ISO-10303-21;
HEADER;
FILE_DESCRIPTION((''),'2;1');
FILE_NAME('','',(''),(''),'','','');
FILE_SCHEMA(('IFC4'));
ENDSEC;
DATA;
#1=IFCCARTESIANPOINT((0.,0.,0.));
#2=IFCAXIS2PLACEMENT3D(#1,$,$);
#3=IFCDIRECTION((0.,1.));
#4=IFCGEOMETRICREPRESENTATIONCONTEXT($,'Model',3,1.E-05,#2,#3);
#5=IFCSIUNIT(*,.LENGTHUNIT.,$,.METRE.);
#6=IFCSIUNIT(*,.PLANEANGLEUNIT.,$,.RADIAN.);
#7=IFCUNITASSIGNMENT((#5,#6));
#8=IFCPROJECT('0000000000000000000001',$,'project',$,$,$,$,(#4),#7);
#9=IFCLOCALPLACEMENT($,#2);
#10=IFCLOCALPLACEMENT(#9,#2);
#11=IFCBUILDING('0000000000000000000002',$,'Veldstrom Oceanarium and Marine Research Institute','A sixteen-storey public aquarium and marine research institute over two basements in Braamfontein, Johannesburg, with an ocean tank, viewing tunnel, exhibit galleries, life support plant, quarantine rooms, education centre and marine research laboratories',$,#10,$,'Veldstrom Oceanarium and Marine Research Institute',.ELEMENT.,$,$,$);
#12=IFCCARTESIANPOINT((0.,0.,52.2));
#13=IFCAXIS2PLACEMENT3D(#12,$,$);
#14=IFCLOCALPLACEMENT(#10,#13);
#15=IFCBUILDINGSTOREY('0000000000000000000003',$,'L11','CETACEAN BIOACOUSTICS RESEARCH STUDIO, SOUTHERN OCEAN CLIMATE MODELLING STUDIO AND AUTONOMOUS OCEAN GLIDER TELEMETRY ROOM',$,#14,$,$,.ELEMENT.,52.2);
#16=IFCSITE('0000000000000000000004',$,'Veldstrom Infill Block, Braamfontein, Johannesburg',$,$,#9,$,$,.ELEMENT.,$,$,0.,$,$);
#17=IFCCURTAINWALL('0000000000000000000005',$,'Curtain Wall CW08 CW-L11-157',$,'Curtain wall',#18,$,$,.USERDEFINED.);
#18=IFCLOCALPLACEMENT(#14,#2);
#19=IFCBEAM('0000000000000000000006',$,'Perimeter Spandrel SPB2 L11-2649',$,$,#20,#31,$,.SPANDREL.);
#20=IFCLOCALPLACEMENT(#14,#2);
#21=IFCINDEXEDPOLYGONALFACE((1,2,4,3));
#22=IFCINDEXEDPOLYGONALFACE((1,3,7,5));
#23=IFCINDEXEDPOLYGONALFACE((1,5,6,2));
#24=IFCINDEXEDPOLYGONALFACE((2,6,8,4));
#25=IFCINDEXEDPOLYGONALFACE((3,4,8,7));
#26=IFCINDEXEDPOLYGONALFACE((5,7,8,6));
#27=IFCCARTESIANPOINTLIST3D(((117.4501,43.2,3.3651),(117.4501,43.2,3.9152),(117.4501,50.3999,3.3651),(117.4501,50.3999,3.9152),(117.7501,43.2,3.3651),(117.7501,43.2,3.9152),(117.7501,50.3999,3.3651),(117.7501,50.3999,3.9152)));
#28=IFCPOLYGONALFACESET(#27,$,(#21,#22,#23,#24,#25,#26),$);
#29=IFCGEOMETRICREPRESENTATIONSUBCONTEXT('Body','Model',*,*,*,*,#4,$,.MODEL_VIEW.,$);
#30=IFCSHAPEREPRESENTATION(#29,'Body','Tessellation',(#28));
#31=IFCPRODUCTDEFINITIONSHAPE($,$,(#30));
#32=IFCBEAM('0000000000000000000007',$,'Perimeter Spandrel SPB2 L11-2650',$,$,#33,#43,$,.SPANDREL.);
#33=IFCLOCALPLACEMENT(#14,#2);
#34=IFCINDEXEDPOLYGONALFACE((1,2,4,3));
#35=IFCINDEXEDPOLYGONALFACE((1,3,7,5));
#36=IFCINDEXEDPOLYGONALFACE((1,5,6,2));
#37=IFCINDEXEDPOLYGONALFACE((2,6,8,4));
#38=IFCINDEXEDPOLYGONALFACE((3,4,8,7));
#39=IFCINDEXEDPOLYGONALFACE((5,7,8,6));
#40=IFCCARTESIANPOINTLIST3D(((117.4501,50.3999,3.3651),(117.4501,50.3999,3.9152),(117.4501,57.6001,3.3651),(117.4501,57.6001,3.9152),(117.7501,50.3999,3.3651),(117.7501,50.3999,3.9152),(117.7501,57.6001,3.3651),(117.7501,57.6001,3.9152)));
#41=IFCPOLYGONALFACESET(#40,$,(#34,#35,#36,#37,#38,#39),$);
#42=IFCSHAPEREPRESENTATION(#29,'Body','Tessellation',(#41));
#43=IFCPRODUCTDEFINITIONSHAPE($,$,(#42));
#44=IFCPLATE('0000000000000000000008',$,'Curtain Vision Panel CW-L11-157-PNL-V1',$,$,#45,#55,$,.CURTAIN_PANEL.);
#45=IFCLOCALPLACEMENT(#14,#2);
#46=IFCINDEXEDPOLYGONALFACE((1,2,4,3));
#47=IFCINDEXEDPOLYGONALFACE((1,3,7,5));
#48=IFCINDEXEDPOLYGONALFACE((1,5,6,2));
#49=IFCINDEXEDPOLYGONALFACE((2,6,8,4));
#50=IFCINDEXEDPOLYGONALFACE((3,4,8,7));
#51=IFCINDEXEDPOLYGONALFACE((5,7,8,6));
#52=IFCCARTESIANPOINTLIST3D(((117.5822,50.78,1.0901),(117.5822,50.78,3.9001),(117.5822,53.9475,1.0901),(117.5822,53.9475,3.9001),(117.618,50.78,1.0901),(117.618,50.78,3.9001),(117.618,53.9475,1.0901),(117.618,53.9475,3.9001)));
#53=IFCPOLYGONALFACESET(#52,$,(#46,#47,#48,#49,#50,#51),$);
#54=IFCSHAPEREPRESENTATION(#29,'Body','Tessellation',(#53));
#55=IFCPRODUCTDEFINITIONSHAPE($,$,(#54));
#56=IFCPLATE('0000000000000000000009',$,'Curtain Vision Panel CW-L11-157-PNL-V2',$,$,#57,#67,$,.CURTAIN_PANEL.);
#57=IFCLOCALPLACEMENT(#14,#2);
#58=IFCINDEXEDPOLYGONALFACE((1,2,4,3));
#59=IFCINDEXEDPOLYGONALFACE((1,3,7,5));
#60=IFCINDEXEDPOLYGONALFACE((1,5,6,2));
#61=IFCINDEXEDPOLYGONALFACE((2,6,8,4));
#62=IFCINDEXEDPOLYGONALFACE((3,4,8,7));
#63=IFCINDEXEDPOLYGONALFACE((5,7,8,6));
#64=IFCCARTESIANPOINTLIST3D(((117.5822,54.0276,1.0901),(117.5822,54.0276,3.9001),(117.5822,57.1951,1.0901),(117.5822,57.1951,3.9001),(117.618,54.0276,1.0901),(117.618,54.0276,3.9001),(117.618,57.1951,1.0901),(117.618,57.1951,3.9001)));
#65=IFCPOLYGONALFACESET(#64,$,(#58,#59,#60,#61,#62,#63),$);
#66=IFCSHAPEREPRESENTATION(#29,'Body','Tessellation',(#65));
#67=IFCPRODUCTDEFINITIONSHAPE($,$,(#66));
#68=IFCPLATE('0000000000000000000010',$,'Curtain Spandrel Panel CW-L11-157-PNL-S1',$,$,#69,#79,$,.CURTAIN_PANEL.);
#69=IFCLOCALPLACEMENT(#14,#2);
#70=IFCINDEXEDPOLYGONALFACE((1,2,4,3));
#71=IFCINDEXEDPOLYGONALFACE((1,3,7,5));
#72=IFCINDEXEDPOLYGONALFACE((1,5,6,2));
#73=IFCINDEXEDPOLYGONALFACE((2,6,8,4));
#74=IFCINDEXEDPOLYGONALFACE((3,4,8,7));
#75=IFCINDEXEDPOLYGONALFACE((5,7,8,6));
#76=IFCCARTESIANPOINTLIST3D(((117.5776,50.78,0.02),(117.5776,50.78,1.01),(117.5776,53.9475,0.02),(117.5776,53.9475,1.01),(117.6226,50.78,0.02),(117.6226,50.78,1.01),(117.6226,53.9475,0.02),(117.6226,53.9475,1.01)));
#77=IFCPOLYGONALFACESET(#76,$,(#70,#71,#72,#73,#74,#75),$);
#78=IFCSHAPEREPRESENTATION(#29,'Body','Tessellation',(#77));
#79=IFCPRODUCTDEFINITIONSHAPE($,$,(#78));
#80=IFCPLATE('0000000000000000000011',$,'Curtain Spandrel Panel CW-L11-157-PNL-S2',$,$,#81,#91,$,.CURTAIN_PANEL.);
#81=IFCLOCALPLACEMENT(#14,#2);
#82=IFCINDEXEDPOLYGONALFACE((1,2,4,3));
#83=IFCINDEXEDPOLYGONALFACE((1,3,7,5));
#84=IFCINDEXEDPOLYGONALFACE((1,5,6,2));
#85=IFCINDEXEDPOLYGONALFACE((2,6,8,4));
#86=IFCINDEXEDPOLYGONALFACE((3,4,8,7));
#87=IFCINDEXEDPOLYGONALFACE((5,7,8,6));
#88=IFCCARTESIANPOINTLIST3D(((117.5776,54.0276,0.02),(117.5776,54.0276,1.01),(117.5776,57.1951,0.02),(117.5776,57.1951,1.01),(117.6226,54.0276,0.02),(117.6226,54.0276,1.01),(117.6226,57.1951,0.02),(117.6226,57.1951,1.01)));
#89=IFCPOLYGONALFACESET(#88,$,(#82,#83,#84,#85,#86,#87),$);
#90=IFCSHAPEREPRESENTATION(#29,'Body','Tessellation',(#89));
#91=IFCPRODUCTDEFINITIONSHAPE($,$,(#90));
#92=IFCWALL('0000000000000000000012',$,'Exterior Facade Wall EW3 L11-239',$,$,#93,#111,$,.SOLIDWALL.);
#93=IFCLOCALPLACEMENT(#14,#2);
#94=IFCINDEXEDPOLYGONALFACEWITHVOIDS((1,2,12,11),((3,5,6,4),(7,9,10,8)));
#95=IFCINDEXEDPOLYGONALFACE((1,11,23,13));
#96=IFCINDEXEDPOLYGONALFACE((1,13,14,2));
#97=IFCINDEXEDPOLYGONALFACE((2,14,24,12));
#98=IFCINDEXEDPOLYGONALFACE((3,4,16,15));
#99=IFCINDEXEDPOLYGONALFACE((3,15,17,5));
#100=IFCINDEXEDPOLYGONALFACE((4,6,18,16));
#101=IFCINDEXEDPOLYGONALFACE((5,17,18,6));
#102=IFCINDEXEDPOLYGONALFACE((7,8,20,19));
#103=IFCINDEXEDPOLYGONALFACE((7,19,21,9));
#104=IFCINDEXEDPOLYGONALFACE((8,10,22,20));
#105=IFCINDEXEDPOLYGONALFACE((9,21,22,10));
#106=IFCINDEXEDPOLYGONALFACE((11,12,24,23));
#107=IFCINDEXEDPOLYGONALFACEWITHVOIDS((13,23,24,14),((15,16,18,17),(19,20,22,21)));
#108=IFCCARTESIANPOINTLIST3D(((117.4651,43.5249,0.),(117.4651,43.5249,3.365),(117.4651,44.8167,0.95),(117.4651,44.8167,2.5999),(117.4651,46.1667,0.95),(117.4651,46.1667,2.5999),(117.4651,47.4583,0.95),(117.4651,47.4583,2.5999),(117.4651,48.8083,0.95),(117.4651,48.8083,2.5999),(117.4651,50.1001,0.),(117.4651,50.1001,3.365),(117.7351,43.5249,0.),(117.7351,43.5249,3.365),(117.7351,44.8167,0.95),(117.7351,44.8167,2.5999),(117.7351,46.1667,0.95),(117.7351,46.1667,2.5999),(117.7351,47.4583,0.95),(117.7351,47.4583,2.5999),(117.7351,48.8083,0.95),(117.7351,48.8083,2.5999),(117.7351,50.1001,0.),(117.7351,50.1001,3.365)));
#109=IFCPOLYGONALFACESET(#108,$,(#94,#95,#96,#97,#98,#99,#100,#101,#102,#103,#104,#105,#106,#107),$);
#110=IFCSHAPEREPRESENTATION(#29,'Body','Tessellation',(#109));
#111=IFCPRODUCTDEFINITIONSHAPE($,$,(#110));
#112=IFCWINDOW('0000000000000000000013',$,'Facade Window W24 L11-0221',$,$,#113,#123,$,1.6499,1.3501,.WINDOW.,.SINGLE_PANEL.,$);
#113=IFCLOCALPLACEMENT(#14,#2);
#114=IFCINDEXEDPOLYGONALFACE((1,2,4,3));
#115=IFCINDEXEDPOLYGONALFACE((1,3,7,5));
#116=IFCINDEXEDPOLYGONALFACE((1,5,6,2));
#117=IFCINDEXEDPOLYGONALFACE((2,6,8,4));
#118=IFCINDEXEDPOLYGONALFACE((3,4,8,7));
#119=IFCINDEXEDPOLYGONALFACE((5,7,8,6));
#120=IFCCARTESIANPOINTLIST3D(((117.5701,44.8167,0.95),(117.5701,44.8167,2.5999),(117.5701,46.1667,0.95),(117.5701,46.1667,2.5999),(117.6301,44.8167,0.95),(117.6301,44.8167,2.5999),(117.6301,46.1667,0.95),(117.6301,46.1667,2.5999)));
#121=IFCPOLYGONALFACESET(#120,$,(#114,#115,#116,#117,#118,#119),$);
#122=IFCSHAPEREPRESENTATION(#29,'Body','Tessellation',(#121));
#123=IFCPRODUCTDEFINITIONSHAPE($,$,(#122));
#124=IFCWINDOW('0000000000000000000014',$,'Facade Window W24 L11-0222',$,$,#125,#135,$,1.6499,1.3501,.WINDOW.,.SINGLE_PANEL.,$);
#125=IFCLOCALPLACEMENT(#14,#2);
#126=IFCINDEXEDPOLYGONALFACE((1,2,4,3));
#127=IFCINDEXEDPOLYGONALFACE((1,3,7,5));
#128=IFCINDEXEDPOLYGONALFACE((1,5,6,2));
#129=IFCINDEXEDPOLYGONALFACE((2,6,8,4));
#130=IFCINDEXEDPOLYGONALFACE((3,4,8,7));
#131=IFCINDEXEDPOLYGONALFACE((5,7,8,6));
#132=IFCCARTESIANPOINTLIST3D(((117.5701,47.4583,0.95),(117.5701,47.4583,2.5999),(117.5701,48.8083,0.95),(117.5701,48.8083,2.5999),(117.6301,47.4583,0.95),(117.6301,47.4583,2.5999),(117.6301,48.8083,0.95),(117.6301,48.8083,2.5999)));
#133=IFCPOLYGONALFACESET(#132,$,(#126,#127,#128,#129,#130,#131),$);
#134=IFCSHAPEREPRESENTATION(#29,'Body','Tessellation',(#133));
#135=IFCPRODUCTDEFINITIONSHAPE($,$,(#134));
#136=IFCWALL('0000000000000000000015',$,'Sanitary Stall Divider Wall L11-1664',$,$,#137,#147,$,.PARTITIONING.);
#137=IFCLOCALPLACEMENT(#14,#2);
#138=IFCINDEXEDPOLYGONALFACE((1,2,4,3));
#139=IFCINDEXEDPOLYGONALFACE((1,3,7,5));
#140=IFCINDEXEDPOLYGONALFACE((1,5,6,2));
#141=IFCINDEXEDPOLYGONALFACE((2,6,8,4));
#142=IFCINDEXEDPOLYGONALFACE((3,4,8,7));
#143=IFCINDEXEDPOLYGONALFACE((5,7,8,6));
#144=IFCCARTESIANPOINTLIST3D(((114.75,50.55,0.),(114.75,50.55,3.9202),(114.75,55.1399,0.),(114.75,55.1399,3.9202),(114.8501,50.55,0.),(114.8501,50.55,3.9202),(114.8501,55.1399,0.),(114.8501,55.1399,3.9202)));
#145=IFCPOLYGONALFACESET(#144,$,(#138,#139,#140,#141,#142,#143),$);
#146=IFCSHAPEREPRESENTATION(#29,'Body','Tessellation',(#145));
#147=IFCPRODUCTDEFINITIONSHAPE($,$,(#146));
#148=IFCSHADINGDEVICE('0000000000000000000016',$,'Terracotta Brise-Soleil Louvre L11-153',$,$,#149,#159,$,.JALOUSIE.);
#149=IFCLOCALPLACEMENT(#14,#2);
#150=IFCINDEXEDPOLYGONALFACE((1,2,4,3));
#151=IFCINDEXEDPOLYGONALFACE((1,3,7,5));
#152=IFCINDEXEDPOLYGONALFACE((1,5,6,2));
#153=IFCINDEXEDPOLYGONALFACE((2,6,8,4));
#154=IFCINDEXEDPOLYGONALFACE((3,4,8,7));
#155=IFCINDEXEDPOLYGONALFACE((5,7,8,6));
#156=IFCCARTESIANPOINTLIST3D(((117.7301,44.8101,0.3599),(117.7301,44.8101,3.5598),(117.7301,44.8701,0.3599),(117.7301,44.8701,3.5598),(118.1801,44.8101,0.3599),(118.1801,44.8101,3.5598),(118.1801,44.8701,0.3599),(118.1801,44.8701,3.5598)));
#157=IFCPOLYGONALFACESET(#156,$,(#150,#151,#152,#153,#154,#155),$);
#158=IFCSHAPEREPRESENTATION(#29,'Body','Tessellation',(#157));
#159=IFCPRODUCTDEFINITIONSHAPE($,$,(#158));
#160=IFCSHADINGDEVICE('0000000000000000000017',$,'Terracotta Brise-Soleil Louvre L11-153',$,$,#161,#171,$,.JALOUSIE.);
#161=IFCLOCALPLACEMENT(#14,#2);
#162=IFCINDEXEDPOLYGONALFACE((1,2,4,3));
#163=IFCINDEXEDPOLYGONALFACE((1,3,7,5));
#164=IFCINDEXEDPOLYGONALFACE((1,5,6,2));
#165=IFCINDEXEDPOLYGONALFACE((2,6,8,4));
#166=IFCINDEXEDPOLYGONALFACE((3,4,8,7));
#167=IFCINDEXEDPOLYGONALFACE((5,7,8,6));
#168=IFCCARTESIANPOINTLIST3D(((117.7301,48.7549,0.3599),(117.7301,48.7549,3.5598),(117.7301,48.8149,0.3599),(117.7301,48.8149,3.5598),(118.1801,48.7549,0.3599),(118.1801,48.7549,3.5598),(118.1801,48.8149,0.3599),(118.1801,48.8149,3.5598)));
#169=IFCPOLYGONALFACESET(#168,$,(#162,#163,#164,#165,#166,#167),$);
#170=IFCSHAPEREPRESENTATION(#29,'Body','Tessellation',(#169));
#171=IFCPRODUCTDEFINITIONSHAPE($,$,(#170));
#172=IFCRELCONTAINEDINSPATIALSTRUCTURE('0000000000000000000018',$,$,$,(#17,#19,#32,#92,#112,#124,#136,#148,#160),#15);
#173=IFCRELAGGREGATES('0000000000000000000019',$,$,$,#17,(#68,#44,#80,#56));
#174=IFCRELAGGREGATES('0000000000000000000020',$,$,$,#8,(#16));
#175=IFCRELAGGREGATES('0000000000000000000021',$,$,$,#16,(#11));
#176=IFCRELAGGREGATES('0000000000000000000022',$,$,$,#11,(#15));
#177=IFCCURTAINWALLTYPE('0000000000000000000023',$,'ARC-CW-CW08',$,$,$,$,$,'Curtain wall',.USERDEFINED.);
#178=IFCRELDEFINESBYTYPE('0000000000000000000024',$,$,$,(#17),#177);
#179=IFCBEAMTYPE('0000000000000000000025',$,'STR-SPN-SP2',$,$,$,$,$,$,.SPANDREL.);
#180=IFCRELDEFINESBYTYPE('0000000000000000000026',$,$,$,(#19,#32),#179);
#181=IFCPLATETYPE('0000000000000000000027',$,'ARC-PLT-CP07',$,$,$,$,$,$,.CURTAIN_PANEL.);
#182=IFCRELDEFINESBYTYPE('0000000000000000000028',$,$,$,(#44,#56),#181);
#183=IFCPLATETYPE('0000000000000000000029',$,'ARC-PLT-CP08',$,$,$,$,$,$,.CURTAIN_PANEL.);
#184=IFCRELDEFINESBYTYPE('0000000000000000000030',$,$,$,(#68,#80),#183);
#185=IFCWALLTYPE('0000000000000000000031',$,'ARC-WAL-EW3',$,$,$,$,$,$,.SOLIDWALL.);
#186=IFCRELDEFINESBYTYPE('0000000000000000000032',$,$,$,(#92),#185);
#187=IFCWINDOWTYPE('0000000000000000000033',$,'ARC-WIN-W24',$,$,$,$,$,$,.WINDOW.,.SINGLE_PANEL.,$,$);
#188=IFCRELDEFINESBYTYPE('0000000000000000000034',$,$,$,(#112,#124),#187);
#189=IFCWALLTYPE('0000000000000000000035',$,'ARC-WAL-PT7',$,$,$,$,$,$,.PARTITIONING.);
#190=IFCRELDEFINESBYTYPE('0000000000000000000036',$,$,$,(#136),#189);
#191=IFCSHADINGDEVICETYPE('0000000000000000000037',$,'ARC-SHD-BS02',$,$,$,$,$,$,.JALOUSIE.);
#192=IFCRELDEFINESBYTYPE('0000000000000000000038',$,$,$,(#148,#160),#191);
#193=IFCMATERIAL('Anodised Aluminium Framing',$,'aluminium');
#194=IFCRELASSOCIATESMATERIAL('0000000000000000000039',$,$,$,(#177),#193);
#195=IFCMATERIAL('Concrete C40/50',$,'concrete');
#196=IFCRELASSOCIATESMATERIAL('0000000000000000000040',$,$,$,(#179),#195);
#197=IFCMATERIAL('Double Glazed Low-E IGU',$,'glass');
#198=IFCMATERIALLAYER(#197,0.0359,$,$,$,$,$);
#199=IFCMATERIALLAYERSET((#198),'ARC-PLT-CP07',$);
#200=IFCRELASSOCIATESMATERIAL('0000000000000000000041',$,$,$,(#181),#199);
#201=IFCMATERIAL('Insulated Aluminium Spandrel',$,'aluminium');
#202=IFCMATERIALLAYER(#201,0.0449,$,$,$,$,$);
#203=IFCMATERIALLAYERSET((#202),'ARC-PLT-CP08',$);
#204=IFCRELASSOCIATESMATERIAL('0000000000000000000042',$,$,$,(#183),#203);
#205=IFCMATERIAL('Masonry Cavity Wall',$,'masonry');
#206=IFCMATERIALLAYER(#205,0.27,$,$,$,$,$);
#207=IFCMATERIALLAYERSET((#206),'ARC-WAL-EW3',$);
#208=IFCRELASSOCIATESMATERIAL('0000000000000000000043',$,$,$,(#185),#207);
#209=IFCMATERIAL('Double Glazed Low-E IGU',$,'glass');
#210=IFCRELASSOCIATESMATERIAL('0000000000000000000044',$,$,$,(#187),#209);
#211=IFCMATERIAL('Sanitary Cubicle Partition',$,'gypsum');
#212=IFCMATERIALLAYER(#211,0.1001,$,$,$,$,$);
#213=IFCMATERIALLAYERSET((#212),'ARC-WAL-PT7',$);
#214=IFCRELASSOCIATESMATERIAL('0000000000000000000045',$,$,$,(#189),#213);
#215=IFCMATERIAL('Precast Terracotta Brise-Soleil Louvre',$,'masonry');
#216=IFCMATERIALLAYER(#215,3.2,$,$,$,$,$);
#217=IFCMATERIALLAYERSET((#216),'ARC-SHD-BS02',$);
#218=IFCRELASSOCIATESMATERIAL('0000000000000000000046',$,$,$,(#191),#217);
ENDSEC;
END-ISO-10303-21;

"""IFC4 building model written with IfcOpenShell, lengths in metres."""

from ifc_helpers import new_model, si_unit, direction, frame, frame_2d, origin, origin_2d, place, context, subcontext, project, spatial, rectangle, extrude, material, layer, layer_set, material_profile, profile_set, type_object, element, fill, aggregate, save


model = new_model("IFC4")

# Units and contexts
model_context = context("Model", 3, precision=1e-05, world=origin(), true_north=direction((0.0, 1.0)))
body_context = subcontext(model_context, "Body", "Model", "MODEL_VIEW")
ifc_project = project(units=[si_unit("LENGTHUNIT", "METRE"), si_unit("PLANEANGLEUNIT", "RADIAN")], contexts=[model_context])

# Site, building, storey
site_placement = place(None, origin())
site = spatial("IfcSite", under=ifc_project, at=site_placement, Name="Veldstrom Infill Block, Braamfontein, Johannesburg", CompositionType="ELEMENT", RefElevation=0.0)
building_placement = place(site_placement, origin())
building = spatial("IfcBuilding", under=site, at=building_placement, Name="Veldstrom Oceanarium and Marine Research Institute", Description="A sixteen-storey public aquarium and marine research institute over two basements in Braamfontein, Johannesburg, with an ocean tank, viewing tunnel, exhibit galleries, life support plant, quarantine rooms, education centre and marine research laboratories", LongName="Veldstrom Oceanarium and Marine Research Institute", CompositionType="ELEMENT")
storey_placement = place(building_placement, frame((0.0, 0.0, 52.2)))
storey = spatial("IfcBuildingStorey", under=building, at=storey_placement, Name="L11", Description="CETACEAN BIOACOUSTICS RESEARCH STUDIO, SOUTHERN OCEAN CLIMATE MODELLING STUDIO AND AUTONOMOUS OCEAN GLIDER TELEMETRY ROOM", CompositionType="ELEMENT", Elevation=52.2)

# Curtain wall
ifc_material_1 = material(Name="Anodised Aluminium Framing", Category="aluminium")
curtain_wall_type = type_object("IfcCurtainWallType", Name="ARC-CW-CW08", ElementType="Curtain wall", PredefinedType="USERDEFINED", material=ifc_material_1)
curtain_wall_placement = place(storey_placement, origin())
curtain_wall = element("IfcCurtainWall", 1, at=curtain_wall_placement, inside=storey, type_object=curtain_wall_type, Name="Curtain Wall CW08 CW-L11-157", ObjectType="Curtain wall", PredefinedType="USERDEFINED")

# Beams
ifc_material_2 = material(Name="Concrete C40/50", Category="concrete")
ifc_material_profile_1 = material_profile(ifc_material_2, rectangle(XDim=0.3, YDim=0.55, at=origin_2d()), Name="RC-SPN-300x550")
ifc_profile_set_1 = profile_set([ifc_material_profile_1], Name="Concrete C40/50")
beam_type_1 = type_object("IfcBeamType", Name="STR-SPN-SP2", PredefinedType="SPANDREL", material=ifc_profile_set_1)
beam_1_placement = place(storey_placement, frame((117.6001, 43.2, 3.6401), z_axis=(0.0, 1.0, 0.0), x_axis=(-1.0, 0.0, 0.0)))
element("IfcBeam", 2, at=beam_1_placement, inside=storey, type_object=beam_type_1, Name="Perimeter Spandrel SPB2 L11-2649", PredefinedType="SPANDREL", context=body_context, shape_type="SweptSolid", body=[
    extrude(rectangle(XDim=0.3, YDim=0.55, at=origin_2d()), origin(), (0.0, 0.0, 1.0), 7.2),
])
beam_2_placement = place(storey_placement, frame((117.6001, 50.3999, 3.6401), z_axis=(0.0, 1.0, 0.0), x_axis=(-1.0, 0.0, 0.0)))
element("IfcBeam", 3, at=beam_2_placement, inside=storey, type_object=beam_type_1, Name="Perimeter Spandrel SPB2 L11-2650", PredefinedType="SPANDREL", context=body_context, shape_type="SweptSolid", body=[
    extrude(rectangle(XDim=0.3, YDim=0.55, at=origin_2d()), origin(), (0.0, 0.0, 1.0), 7.2002),
])

# Plates
ifc_material_3 = material(Name="Double Glazed Low-E IGU", Category="glass")
ifc_layer_1 = layer(ifc_material_3, 0.0359)
ifc_layer_set_1 = layer_set([ifc_layer_1], Name="ARC-PLT-CP07")
plate_type_1 = type_object("IfcPlateType", Name="ARC-PLT-CP07", PredefinedType="CURTAIN_PANEL", material=ifc_layer_set_1)
plate_1_placement = place(storey_placement, frame((117.6001, 52.3638, 1.0901), z_axis=(0.0, 0.0, 1.0), x_axis=(0.0, 1.0, 0.0)))
plate_1 = element("IfcPlate", 4, at=plate_1_placement, type_object=plate_type_1, Name="Curtain Vision Panel CW-L11-157-PNL-V1", PredefinedType="CURTAIN_PANEL", context=body_context, shape_type="SweptSolid", body=[
    extrude(rectangle(XDim=3.1675, YDim=0.0359, at=origin_2d()), origin(), (0.0, 0.0, 1.0), 2.8101),
])
plate_2_placement = place(storey_placement, frame((117.6001, 55.6113, 1.0901), z_axis=(0.0, 0.0, 1.0), x_axis=(0.0, 1.0, 0.0)))
plate_2 = element("IfcPlate", 5, at=plate_2_placement, type_object=plate_type_1, Name="Curtain Vision Panel CW-L11-157-PNL-V2", PredefinedType="CURTAIN_PANEL", context=body_context, shape_type="SweptSolid", body=[
    extrude(rectangle(XDim=3.1675, YDim=0.0359, at=origin_2d()), origin(), (0.0, 0.0, 1.0), 2.8101),
])
ifc_material_4 = material(Name="Insulated Aluminium Spandrel", Category="aluminium")
ifc_layer_2 = layer(ifc_material_4, 0.0449)
ifc_layer_set_2 = layer_set([ifc_layer_2], Name="ARC-PLT-CP08")
plate_type_2 = type_object("IfcPlateType", Name="ARC-PLT-CP08", PredefinedType="CURTAIN_PANEL", material=ifc_layer_set_2)
plate_3_placement = place(storey_placement, frame((117.6001, 52.3638, 0.02), z_axis=(0.0, 0.0, 1.0), x_axis=(0.0, 1.0, 0.0)))
plate_3 = element("IfcPlate", 6, at=plate_3_placement, type_object=plate_type_2, Name="Curtain Spandrel Panel CW-L11-157-PNL-S1", PredefinedType="CURTAIN_PANEL", context=body_context, shape_type="SweptSolid", body=[
    extrude(rectangle(XDim=3.1675, YDim=0.0449, at=origin_2d()), origin(), (0.0, 0.0, 1.0), 0.99),
])
plate_4_placement = place(storey_placement, frame((117.6001, 55.6113, 0.02), z_axis=(0.0, 0.0, 1.0), x_axis=(0.0, 1.0, 0.0)))
plate_4 = element("IfcPlate", 7, at=plate_4_placement, type_object=plate_type_2, Name="Curtain Spandrel Panel CW-L11-157-PNL-S2", PredefinedType="CURTAIN_PANEL", context=body_context, shape_type="SweptSolid", body=[
    extrude(rectangle(XDim=3.1675, YDim=0.0449, at=origin_2d()), origin(), (0.0, 0.0, 1.0), 0.99),
])
aggregate(curtain_wall, [plate_3, plate_1, plate_4, plate_2])

# Wall, openings, windows
ifc_material_5 = material(Name="Masonry Cavity Wall", Category="masonry")
ifc_layer_3 = layer(ifc_material_5, 0.27)
ifc_layer_set_3 = layer_set([ifc_layer_3], Name="ARC-WAL-EW3")
wall_type_1 = type_object("IfcWallType", Name="ARC-WAL-EW3", PredefinedType="SOLIDWALL", material=ifc_layer_set_3)
wall_1_placement = place(storey_placement, frame((117.6001, 43.5249, 0.0), z_axis=(0.0, 0.0, 1.0), x_axis=(0.0, 1.0, 0.0)))
wall_1 = element("IfcWall", 8, at=wall_1_placement, inside=storey, type_object=wall_type_1, Name="Exterior Facade Wall EW3 L11-239", PredefinedType="SOLIDWALL", context=body_context, shape_type="SweptSolid", body=[
    extrude(rectangle(XDim=6.5752, YDim=0.27, at=frame_2d((3.2876, 0.0))), origin(), (0.0, 0.0, 1.0), 3.365),
])
opening_1_placement = place(wall_1_placement, frame((1.2917, 0.0, 0.95)))
opening_1 = element("IfcOpeningElement", 9, at=opening_1_placement, cuts=wall_1, PredefinedType="OPENING", context=body_context, shape_type="SweptSolid", body=[
    extrude(rectangle(XDim=1.3501, YDim=1.6499, at=frame_2d((0.675, 0.825))), frame((0.0, 0.145, 0.0), z_axis=(0.0, -1.0, 0.0), x_axis=(1.0, 0.0, 0.0)), (0.0, 0.0, 1.0), 0.29),
])
opening_2_placement = place(wall_1_placement, frame((3.9333, 0.0, 0.95)))
opening_2 = element("IfcOpeningElement", 10, at=opening_2_placement, cuts=wall_1, PredefinedType="OPENING", context=body_context, shape_type="SweptSolid", body=[
    extrude(rectangle(XDim=1.3501, YDim=1.6499, at=frame_2d((0.675, 0.825))), frame((0.0, 0.145, 0.0), z_axis=(0.0, -1.0, 0.0), x_axis=(1.0, 0.0, 0.0)), (0.0, 0.0, 1.0), 0.29),
])
ifc_material_6 = material(Name="Double Glazed Low-E IGU", Category="glass")
window_type = type_object("IfcWindowType", Name="ARC-WIN-W24", PartitioningType="SINGLE_PANEL", PredefinedType="WINDOW", material=ifc_material_6)
window_1_placement = place(opening_1_placement, origin())
window_1 = element("IfcWindow", 11, at=window_1_placement, inside=storey, type_object=window_type, Name="Facade Window W24 L11-0221", OverallHeight=1.6499, OverallWidth=1.3501, PartitioningType="SINGLE_PANEL", PredefinedType="WINDOW", context=body_context, shape_type="SweptSolid", body=[
    extrude(rectangle(XDim=1.3501, YDim=1.6499, at=frame_2d((0.675, 0.825))), frame((0.0, 0.03, 0.0), z_axis=(0.0, -1.0, 0.0), x_axis=(1.0, 0.0, 0.0)), (0.0, 0.0, 1.0), 0.0601),
])
fill(opening_1, window_1)
window_2_placement = place(opening_2_placement, origin())
window_2 = element("IfcWindow", 12, at=window_2_placement, inside=storey, type_object=window_type, Name="Facade Window W24 L11-0222", OverallHeight=1.6499, OverallWidth=1.3501, PartitioningType="SINGLE_PANEL", PredefinedType="WINDOW", context=body_context, shape_type="SweptSolid", body=[
    extrude(rectangle(XDim=1.3501, YDim=1.6499, at=frame_2d((0.675, 0.825))), frame((0.0, 0.03, 0.0), z_axis=(0.0, -1.0, 0.0), x_axis=(1.0, 0.0, 0.0)), (0.0, 0.0, 1.0), 0.0601),
])
fill(opening_2, window_2)

# Wall
ifc_material_7 = material(Name="Sanitary Cubicle Partition", Category="gypsum")
ifc_layer_4 = layer(ifc_material_7, 0.1001)
ifc_layer_set_4 = layer_set([ifc_layer_4], Name="ARC-WAL-PT7")
wall_type_2 = type_object("IfcWallType", Name="ARC-WAL-PT7", PredefinedType="PARTITIONING", material=ifc_layer_set_4)
wall_2_placement = place(storey_placement, frame((114.8, 50.55, 0.0), z_axis=(0.0, 0.0, 1.0), x_axis=(0.0, 1.0, 0.0)))
element("IfcWall", 13, at=wall_2_placement, inside=storey, type_object=wall_type_2, Name="Sanitary Stall Divider Wall L11-1664", PredefinedType="PARTITIONING", context=body_context, shape_type="SweptSolid", body=[
    extrude(rectangle(XDim=4.5898, YDim=0.1001, at=frame_2d((2.2949, 0.0))), origin(), (0.0, 0.0, 1.0), 3.9202),
])

# Shading devices
ifc_material_8 = material(Name="Precast Terracotta Brise-Soleil Louvre", Category="masonry")
ifc_layer_5 = layer(ifc_material_8, 3.2)
ifc_layer_set_5 = layer_set([ifc_layer_5], Name="ARC-SHD-BS02")
shading_device_type = type_object("IfcShadingDeviceType", Name="ARC-SHD-BS02", PredefinedType="JALOUSIE", material=ifc_layer_set_5)
for number, where, z_axis, x_axis, name in (
    (14, (117.9551, 44.8401, 0.3599), (0.0, 0.0, 1.0), (1.0, 0.0, 0.0), "Terracotta Brise-Soleil Louvre L11-153"),
    (15, (117.9551, 48.7849, 0.3599), (0.0, 0.0, 1.0), (1.0, 0.0, 0.0), "Terracotta Brise-Soleil Louvre L11-153"),
):
    element("IfcShadingDevice", number, at=place(storey_placement, frame(where, z_axis=z_axis, x_axis=x_axis)), inside=storey, type_object=shading_device_type, Name=name, PredefinedType="JALOUSIE", context=body_context, shape_type="SweptSolid", body=[
        extrude(rectangle(XDim=0.45, YDim=0.0601, at=origin_2d()), origin(), (0.0, 0.0, 1.0), 3.2),
    ])

save(model, "model.ifc")
